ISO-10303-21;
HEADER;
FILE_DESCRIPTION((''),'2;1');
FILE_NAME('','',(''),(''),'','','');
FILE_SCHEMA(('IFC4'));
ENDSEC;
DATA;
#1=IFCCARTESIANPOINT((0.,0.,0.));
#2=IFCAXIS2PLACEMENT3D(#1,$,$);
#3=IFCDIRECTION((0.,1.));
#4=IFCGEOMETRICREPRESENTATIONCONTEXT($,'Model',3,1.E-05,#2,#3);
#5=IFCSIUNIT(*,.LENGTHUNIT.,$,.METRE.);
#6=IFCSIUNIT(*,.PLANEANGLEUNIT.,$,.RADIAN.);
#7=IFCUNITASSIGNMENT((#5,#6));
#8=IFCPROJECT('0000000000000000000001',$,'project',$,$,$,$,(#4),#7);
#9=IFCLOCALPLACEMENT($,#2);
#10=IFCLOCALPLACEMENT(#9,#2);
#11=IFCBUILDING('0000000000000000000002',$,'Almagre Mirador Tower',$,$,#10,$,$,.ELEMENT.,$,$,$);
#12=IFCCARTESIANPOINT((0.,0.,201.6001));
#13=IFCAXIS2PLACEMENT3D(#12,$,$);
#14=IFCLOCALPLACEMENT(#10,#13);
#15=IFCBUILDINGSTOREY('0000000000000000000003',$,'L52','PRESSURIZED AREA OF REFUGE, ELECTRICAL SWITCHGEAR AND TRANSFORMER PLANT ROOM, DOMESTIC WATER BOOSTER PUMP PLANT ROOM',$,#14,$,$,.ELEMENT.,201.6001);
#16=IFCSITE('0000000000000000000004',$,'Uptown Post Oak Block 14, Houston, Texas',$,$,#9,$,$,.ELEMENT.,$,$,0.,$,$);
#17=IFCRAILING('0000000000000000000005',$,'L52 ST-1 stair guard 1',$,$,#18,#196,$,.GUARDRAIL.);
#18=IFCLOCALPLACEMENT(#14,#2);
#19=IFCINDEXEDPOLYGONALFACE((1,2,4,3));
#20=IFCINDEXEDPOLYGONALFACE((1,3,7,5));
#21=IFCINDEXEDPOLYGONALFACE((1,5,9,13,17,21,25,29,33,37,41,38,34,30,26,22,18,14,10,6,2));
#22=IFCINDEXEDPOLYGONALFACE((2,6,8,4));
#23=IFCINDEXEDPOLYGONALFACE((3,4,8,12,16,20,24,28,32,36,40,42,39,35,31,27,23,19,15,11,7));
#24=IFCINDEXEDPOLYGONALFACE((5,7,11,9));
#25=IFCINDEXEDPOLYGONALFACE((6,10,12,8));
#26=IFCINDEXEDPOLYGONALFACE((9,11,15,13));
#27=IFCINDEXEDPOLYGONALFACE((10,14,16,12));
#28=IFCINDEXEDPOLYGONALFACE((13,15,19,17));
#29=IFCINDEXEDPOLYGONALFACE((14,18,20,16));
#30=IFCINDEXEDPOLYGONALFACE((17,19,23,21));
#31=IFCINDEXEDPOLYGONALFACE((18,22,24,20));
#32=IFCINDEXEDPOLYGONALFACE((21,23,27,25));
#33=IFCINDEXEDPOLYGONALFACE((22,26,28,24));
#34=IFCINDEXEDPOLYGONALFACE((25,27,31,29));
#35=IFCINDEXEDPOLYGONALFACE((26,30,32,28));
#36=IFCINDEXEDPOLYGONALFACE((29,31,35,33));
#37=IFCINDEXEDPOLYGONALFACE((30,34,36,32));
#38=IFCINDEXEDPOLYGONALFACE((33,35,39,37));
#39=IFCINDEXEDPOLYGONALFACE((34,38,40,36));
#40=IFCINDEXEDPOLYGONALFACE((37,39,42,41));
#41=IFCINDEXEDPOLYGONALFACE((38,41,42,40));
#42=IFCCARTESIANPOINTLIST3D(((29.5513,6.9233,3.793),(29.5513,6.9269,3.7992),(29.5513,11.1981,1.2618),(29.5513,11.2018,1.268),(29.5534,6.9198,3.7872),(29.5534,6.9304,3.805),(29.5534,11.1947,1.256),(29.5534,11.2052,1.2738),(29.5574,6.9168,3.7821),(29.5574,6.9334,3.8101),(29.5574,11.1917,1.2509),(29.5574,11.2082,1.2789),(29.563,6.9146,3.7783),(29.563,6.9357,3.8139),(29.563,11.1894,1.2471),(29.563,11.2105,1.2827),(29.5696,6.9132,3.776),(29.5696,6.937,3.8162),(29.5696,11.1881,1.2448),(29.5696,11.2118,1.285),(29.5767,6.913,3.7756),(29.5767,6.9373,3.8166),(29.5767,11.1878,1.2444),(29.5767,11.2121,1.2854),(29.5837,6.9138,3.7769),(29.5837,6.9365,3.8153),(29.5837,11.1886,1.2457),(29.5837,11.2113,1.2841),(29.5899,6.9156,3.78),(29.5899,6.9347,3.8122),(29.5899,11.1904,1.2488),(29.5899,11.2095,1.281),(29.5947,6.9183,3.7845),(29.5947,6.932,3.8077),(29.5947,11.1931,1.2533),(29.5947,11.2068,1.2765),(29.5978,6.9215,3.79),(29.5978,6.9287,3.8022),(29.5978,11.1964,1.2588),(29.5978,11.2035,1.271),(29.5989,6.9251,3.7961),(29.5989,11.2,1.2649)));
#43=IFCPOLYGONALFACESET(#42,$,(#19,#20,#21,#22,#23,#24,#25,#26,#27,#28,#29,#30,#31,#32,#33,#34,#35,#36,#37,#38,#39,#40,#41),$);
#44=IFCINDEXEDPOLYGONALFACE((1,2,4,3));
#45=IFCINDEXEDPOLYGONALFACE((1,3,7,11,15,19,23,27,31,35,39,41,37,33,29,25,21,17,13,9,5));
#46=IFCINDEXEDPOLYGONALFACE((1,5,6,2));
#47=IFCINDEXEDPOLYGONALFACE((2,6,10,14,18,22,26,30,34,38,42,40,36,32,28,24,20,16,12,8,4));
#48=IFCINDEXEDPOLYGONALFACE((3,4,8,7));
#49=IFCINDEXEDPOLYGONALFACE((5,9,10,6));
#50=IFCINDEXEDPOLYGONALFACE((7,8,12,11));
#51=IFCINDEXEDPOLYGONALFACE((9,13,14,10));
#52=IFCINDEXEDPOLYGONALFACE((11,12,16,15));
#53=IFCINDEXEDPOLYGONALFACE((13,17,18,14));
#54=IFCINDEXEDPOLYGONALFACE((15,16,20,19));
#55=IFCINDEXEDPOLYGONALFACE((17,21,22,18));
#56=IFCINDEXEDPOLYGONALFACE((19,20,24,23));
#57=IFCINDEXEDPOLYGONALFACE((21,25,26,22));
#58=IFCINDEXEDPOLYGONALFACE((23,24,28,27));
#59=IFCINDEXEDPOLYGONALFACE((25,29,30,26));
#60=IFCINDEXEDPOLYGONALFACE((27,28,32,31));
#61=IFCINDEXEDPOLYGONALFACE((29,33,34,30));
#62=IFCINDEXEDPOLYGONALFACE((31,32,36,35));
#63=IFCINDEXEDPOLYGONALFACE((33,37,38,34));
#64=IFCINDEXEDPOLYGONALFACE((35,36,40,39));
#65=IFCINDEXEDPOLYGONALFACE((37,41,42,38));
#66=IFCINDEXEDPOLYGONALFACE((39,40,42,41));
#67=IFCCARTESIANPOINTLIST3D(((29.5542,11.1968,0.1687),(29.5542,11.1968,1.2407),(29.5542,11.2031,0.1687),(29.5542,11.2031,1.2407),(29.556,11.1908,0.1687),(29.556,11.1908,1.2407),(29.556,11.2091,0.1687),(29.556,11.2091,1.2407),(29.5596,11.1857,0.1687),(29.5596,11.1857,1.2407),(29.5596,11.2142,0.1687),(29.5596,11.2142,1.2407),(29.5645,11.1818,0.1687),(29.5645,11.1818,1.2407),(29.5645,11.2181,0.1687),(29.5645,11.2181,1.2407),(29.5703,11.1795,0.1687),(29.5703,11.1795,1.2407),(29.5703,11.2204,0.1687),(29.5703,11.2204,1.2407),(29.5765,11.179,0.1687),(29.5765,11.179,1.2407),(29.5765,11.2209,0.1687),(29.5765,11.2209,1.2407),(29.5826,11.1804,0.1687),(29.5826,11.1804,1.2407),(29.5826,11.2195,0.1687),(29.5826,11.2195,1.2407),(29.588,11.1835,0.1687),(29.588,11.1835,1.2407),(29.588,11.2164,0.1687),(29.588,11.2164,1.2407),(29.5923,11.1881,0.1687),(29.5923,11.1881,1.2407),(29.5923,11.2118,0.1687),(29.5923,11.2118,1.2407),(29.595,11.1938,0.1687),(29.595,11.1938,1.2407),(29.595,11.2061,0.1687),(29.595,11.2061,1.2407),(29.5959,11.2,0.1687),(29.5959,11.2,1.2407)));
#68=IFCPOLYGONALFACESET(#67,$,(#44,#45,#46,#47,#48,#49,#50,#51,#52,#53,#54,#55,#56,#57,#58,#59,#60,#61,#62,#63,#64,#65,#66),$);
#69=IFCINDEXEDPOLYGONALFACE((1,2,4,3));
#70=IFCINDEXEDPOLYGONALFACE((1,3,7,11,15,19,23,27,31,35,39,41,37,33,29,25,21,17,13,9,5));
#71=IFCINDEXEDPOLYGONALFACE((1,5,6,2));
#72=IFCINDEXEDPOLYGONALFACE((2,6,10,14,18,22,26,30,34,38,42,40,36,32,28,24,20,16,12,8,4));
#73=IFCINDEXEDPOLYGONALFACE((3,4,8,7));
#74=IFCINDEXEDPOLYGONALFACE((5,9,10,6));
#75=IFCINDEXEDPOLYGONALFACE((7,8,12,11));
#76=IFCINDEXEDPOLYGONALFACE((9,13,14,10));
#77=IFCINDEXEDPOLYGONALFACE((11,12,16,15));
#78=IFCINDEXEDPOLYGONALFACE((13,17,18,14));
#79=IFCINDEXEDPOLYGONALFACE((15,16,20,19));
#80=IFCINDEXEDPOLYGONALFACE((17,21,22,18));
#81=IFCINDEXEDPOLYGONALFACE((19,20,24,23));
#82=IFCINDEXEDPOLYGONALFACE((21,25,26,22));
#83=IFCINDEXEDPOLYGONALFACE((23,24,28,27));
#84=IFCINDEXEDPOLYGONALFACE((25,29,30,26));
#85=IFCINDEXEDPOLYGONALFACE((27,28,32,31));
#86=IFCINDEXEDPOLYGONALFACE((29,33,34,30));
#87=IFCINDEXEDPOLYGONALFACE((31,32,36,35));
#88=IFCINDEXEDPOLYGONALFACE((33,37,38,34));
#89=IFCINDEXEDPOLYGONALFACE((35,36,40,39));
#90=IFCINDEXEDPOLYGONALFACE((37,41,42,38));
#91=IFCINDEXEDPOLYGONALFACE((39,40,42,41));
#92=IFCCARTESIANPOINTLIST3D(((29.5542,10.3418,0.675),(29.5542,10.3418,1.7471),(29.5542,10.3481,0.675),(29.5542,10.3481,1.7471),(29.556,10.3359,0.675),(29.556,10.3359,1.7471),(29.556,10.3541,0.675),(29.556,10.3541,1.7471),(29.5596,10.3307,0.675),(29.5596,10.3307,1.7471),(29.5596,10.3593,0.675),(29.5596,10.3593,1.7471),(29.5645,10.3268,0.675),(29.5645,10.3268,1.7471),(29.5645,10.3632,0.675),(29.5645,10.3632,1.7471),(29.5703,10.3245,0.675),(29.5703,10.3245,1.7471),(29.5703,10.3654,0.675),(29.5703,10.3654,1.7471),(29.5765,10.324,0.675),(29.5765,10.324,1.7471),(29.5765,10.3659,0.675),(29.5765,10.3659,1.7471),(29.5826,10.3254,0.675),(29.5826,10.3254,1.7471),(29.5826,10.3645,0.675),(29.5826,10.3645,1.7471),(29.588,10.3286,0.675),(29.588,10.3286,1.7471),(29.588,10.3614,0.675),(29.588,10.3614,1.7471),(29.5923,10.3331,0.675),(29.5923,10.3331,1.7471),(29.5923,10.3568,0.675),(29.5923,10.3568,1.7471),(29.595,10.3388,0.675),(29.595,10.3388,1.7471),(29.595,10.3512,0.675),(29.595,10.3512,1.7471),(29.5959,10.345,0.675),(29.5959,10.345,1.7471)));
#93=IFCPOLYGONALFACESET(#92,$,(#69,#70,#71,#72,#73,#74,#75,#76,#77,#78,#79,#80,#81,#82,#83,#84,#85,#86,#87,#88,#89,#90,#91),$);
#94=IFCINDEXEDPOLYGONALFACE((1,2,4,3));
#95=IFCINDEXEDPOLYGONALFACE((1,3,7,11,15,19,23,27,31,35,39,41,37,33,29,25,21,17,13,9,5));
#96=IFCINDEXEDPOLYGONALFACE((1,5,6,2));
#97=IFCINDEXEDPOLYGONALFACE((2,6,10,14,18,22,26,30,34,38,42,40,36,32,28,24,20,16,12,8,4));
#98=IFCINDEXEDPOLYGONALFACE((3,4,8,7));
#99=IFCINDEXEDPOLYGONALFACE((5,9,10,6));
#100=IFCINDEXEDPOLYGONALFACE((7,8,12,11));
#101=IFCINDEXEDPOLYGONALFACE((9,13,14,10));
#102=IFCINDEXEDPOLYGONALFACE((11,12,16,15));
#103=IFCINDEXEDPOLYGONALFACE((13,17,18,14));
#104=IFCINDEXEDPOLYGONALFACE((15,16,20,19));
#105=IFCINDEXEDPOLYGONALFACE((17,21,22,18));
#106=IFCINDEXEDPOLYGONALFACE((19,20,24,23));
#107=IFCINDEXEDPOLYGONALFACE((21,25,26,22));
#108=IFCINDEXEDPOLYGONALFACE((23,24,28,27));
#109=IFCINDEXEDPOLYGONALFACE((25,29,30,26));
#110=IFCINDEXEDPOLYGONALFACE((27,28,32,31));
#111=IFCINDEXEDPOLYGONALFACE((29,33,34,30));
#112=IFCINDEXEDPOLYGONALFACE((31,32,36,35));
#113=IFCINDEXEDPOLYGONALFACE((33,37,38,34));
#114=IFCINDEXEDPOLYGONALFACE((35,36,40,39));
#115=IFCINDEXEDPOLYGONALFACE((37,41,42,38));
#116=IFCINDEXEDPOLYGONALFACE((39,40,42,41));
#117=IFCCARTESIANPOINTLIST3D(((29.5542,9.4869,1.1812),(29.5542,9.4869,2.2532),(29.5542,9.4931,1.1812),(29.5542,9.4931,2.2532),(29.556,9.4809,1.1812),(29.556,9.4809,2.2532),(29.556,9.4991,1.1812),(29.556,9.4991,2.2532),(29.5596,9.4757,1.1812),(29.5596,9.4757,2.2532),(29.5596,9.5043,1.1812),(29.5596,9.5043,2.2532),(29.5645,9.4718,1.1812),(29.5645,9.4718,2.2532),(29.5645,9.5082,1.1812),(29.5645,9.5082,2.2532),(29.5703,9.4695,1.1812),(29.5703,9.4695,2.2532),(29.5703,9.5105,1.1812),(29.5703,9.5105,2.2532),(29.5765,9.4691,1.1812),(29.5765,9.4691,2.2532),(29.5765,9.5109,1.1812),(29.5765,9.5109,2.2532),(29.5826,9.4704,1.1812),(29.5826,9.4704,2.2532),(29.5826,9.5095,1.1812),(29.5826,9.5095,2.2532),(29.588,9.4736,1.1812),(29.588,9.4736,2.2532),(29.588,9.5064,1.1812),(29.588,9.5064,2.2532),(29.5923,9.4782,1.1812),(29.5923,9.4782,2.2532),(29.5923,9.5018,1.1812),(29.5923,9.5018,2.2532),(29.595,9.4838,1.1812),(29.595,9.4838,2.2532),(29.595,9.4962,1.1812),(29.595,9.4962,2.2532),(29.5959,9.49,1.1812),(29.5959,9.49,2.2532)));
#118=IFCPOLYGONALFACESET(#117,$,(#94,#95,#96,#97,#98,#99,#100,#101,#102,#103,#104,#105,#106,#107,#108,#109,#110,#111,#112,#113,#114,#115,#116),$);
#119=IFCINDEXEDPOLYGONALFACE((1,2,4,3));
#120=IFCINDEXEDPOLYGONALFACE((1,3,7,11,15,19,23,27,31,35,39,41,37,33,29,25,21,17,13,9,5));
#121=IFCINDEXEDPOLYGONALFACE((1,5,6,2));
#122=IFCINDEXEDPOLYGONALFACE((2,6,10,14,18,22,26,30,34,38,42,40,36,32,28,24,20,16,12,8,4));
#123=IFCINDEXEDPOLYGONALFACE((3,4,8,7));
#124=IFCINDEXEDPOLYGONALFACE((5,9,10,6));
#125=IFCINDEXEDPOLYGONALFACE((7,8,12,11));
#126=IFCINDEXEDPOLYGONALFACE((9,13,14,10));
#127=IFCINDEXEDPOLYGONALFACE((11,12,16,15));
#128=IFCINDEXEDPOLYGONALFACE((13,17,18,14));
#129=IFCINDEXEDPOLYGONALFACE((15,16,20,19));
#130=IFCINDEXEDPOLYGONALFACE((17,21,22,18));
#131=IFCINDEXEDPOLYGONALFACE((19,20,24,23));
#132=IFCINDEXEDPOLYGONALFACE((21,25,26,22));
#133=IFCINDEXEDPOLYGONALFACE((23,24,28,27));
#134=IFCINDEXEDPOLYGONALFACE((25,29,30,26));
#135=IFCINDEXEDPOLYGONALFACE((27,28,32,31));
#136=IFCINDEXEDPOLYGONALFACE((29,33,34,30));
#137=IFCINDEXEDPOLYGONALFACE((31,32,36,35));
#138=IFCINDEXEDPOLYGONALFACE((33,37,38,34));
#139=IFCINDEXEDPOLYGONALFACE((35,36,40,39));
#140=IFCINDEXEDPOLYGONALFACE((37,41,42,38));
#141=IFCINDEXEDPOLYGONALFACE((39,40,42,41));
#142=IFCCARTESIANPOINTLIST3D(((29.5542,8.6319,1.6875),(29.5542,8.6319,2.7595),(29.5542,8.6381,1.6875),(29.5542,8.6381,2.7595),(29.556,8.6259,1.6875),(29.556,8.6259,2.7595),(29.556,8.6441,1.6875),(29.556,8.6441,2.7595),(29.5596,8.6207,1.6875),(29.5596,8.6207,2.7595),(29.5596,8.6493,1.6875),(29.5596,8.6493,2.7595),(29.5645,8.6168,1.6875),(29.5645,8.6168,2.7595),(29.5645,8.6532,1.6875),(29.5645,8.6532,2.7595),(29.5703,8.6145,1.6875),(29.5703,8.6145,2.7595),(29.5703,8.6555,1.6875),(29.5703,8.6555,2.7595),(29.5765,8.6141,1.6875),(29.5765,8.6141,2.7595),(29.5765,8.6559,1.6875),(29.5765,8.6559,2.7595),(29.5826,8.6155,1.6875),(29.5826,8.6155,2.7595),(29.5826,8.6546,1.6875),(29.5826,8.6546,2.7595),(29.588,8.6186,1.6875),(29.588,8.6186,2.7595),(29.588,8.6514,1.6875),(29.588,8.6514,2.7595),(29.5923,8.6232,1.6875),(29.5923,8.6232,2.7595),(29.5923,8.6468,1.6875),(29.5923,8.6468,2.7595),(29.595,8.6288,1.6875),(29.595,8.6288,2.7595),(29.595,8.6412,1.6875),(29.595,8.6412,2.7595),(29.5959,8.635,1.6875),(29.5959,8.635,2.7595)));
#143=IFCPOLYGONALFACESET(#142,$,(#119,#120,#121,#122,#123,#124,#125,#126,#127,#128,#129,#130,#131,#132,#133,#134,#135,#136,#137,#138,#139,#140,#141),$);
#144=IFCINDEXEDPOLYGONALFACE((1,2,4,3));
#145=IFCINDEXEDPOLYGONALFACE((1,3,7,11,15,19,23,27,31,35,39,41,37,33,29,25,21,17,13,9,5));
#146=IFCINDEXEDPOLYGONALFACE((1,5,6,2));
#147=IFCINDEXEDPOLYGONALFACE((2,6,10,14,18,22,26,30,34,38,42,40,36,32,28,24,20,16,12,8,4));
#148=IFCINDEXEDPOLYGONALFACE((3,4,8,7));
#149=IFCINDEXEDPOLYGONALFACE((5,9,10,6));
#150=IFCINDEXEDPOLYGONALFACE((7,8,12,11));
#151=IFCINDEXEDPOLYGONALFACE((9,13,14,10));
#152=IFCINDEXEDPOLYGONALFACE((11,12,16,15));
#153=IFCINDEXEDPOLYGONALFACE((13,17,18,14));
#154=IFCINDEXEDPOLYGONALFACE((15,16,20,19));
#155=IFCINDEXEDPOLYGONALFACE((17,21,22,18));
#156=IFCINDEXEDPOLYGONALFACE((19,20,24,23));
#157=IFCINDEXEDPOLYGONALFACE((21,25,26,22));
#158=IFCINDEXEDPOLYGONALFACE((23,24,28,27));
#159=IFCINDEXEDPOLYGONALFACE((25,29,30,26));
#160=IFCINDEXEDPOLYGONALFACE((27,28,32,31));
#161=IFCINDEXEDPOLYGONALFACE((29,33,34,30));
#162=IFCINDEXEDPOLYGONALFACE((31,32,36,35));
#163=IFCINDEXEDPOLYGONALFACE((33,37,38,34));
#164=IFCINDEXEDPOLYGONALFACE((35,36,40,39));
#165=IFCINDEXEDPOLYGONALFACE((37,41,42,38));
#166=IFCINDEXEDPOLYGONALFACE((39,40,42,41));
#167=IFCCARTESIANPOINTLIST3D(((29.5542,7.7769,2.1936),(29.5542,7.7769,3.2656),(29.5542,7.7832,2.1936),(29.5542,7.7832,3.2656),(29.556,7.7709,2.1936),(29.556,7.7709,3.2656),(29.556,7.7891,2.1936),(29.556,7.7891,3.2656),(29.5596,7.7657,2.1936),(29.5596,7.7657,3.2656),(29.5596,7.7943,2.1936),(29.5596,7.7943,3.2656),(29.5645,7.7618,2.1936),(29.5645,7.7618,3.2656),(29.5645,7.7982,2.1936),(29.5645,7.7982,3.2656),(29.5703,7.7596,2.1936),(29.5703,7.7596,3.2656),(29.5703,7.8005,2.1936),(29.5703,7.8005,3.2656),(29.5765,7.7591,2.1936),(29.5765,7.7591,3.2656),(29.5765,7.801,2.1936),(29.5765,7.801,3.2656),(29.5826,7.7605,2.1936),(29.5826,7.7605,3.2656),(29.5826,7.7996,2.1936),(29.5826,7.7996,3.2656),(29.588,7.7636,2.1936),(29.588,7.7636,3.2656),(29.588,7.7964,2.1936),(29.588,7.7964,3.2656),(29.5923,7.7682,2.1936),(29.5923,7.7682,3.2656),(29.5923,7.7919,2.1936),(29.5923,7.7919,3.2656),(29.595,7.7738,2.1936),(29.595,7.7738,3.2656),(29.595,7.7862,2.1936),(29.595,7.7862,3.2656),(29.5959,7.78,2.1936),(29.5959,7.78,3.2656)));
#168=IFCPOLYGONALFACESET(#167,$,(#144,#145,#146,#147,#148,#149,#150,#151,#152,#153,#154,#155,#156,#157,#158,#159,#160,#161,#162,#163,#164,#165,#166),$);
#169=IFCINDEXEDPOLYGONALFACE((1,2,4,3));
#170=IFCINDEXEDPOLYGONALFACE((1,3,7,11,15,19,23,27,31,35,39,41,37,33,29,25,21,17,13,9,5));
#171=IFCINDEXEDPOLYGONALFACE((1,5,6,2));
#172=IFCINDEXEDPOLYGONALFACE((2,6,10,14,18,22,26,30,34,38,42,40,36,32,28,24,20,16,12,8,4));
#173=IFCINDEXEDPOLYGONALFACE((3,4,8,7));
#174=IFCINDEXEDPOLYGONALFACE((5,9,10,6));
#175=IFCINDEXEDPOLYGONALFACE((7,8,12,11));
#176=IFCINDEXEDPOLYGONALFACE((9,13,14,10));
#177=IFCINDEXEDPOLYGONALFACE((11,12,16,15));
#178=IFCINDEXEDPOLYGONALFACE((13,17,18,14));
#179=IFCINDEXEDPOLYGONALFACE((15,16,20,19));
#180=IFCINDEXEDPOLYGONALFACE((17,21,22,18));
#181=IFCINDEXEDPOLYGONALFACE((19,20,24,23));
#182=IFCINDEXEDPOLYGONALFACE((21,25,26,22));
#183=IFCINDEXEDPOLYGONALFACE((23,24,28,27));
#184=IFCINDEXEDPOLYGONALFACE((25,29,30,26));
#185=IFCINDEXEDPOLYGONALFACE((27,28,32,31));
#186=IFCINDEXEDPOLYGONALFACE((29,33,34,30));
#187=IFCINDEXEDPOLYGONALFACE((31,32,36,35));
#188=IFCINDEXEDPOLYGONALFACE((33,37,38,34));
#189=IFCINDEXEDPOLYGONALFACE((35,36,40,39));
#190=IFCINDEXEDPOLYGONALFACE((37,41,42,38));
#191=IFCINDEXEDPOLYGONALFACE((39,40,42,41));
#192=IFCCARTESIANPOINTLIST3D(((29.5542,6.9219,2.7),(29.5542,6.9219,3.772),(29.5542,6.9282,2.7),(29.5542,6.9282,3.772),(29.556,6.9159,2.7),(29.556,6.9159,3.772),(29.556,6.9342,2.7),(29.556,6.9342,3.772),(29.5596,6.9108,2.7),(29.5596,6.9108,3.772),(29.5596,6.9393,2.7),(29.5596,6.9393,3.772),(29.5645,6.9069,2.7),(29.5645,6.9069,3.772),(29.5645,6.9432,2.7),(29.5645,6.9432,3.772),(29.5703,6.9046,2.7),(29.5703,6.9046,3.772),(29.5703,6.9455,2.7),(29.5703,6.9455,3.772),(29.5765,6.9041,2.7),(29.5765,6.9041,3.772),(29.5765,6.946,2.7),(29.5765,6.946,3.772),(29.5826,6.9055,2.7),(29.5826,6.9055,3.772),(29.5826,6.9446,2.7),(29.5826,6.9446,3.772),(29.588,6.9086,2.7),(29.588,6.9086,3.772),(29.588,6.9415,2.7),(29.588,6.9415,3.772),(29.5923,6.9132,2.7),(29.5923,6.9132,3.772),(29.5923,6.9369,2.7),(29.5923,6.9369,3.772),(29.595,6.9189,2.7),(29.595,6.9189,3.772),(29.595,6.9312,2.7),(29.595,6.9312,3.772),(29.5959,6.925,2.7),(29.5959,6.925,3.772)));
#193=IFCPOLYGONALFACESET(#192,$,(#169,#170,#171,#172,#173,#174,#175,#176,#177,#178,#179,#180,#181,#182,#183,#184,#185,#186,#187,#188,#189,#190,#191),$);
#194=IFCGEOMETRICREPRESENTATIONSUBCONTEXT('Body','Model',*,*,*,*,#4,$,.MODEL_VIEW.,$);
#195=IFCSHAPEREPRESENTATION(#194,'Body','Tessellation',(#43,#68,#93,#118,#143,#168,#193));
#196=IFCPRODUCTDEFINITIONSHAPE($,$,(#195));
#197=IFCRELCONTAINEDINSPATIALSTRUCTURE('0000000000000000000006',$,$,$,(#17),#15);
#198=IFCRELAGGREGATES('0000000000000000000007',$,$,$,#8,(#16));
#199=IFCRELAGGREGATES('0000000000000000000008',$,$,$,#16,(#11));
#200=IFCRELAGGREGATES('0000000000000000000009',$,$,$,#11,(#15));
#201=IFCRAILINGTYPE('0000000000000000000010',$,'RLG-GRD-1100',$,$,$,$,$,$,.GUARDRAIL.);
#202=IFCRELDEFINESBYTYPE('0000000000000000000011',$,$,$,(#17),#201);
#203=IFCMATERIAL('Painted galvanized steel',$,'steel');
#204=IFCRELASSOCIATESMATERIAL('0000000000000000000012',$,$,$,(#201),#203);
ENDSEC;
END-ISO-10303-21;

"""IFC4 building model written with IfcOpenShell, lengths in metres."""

from ifc_helpers import new_model, si_unit, direction, frame, origin, origin_2d, place, context, subcontext, project, spatial, circle, extrude, material, type_object, element, save


model = new_model("IFC4")

# Units and contexts
model_context = context("Model", 3, precision=1e-05, world=origin(), true_north=direction((0.0, 1.0)))
body_context = subcontext(model_context, "Body", "Model", "MODEL_VIEW")
ifc_project = project(units=[si_unit("LENGTHUNIT", "METRE"), si_unit("PLANEANGLEUNIT", "RADIAN")], contexts=[model_context])

# Site, building, storey
site_placement = place(None, origin())
site = spatial("IfcSite", under=ifc_project, at=site_placement, Name="Uptown Post Oak Block 14, Houston, Texas", CompositionType="ELEMENT", RefElevation=0.0)
building_placement = place(site_placement, origin())
building = spatial("IfcBuilding", under=site, at=building_placement, Name="Almagre Mirador Tower", CompositionType="ELEMENT")
storey_placement = place(building_placement, frame((0.0, 0.0, 201.6001)))
storey = spatial("IfcBuildingStorey", under=building, at=storey_placement, Name="L52", Description="PRESSURIZED AREA OF REFUGE, ELECTRICAL SWITCHGEAR AND TRANSFORMER PLANT ROOM, DOMESTIC WATER BOOSTER PUMP PLANT ROOM", CompositionType="ELEMENT", Elevation=201.6001)

# Railing
ifc_material_1 = material(Name="Painted galvanized steel", Category="steel")
railing_type_1 = type_object("IfcRailingType", Name="RLG-GRD-1100", PredefinedType="GUARDRAIL", material=ifc_material_1)
railing_1_placement = place(storey_placement, frame((29.575, 11.2, 0.1687)))
element("IfcRailing", 1, at=railing_1_placement, inside=storey, type_object=railing_type_1, Name="L52 ST-1 stair guard 1", PredefinedType="GUARDRAIL", context=body_context, shape_type="SweptSolid", body=[
    extrude(circle(Radius=0.0239, at=origin_2d()), frame((0.0, 0.0, 1.0962), z_axis=(0.0, -0.86047, 0.509501), x_axis=(1.0, 0.0, 0.0)), (0.0, 0.0, 1.0), 4.968),
    extrude(circle(Radius=0.021, at=origin_2d()), origin(), (0.0, 0.0, 1.0), 1.072),
    extrude(circle(Radius=0.021, at=origin_2d()), frame((0.0, -0.855, 0.5063)), (0.0, 0.0, 1.0), 1.072),
    extrude(circle(Radius=0.021, at=origin_2d()), frame((0.0, -1.71, 1.0125)), (0.0, 0.0, 1.0), 1.072),
    extrude(circle(Radius=0.021, at=origin_2d()), frame((0.0, -2.5649, 1.5188)), (0.0, 0.0, 1.0), 1.072),
    extrude(circle(Radius=0.021, at=origin_2d()), frame((0.0, -3.4199, 2.0249)), (0.0, 0.0, 1.0), 1.072),
    extrude(circle(Radius=0.021, at=origin_2d()), frame((0.0, -4.2749, 2.5312)), (0.0, 0.0, 1.0), 1.072),
])

save(model, "model.ifc")
